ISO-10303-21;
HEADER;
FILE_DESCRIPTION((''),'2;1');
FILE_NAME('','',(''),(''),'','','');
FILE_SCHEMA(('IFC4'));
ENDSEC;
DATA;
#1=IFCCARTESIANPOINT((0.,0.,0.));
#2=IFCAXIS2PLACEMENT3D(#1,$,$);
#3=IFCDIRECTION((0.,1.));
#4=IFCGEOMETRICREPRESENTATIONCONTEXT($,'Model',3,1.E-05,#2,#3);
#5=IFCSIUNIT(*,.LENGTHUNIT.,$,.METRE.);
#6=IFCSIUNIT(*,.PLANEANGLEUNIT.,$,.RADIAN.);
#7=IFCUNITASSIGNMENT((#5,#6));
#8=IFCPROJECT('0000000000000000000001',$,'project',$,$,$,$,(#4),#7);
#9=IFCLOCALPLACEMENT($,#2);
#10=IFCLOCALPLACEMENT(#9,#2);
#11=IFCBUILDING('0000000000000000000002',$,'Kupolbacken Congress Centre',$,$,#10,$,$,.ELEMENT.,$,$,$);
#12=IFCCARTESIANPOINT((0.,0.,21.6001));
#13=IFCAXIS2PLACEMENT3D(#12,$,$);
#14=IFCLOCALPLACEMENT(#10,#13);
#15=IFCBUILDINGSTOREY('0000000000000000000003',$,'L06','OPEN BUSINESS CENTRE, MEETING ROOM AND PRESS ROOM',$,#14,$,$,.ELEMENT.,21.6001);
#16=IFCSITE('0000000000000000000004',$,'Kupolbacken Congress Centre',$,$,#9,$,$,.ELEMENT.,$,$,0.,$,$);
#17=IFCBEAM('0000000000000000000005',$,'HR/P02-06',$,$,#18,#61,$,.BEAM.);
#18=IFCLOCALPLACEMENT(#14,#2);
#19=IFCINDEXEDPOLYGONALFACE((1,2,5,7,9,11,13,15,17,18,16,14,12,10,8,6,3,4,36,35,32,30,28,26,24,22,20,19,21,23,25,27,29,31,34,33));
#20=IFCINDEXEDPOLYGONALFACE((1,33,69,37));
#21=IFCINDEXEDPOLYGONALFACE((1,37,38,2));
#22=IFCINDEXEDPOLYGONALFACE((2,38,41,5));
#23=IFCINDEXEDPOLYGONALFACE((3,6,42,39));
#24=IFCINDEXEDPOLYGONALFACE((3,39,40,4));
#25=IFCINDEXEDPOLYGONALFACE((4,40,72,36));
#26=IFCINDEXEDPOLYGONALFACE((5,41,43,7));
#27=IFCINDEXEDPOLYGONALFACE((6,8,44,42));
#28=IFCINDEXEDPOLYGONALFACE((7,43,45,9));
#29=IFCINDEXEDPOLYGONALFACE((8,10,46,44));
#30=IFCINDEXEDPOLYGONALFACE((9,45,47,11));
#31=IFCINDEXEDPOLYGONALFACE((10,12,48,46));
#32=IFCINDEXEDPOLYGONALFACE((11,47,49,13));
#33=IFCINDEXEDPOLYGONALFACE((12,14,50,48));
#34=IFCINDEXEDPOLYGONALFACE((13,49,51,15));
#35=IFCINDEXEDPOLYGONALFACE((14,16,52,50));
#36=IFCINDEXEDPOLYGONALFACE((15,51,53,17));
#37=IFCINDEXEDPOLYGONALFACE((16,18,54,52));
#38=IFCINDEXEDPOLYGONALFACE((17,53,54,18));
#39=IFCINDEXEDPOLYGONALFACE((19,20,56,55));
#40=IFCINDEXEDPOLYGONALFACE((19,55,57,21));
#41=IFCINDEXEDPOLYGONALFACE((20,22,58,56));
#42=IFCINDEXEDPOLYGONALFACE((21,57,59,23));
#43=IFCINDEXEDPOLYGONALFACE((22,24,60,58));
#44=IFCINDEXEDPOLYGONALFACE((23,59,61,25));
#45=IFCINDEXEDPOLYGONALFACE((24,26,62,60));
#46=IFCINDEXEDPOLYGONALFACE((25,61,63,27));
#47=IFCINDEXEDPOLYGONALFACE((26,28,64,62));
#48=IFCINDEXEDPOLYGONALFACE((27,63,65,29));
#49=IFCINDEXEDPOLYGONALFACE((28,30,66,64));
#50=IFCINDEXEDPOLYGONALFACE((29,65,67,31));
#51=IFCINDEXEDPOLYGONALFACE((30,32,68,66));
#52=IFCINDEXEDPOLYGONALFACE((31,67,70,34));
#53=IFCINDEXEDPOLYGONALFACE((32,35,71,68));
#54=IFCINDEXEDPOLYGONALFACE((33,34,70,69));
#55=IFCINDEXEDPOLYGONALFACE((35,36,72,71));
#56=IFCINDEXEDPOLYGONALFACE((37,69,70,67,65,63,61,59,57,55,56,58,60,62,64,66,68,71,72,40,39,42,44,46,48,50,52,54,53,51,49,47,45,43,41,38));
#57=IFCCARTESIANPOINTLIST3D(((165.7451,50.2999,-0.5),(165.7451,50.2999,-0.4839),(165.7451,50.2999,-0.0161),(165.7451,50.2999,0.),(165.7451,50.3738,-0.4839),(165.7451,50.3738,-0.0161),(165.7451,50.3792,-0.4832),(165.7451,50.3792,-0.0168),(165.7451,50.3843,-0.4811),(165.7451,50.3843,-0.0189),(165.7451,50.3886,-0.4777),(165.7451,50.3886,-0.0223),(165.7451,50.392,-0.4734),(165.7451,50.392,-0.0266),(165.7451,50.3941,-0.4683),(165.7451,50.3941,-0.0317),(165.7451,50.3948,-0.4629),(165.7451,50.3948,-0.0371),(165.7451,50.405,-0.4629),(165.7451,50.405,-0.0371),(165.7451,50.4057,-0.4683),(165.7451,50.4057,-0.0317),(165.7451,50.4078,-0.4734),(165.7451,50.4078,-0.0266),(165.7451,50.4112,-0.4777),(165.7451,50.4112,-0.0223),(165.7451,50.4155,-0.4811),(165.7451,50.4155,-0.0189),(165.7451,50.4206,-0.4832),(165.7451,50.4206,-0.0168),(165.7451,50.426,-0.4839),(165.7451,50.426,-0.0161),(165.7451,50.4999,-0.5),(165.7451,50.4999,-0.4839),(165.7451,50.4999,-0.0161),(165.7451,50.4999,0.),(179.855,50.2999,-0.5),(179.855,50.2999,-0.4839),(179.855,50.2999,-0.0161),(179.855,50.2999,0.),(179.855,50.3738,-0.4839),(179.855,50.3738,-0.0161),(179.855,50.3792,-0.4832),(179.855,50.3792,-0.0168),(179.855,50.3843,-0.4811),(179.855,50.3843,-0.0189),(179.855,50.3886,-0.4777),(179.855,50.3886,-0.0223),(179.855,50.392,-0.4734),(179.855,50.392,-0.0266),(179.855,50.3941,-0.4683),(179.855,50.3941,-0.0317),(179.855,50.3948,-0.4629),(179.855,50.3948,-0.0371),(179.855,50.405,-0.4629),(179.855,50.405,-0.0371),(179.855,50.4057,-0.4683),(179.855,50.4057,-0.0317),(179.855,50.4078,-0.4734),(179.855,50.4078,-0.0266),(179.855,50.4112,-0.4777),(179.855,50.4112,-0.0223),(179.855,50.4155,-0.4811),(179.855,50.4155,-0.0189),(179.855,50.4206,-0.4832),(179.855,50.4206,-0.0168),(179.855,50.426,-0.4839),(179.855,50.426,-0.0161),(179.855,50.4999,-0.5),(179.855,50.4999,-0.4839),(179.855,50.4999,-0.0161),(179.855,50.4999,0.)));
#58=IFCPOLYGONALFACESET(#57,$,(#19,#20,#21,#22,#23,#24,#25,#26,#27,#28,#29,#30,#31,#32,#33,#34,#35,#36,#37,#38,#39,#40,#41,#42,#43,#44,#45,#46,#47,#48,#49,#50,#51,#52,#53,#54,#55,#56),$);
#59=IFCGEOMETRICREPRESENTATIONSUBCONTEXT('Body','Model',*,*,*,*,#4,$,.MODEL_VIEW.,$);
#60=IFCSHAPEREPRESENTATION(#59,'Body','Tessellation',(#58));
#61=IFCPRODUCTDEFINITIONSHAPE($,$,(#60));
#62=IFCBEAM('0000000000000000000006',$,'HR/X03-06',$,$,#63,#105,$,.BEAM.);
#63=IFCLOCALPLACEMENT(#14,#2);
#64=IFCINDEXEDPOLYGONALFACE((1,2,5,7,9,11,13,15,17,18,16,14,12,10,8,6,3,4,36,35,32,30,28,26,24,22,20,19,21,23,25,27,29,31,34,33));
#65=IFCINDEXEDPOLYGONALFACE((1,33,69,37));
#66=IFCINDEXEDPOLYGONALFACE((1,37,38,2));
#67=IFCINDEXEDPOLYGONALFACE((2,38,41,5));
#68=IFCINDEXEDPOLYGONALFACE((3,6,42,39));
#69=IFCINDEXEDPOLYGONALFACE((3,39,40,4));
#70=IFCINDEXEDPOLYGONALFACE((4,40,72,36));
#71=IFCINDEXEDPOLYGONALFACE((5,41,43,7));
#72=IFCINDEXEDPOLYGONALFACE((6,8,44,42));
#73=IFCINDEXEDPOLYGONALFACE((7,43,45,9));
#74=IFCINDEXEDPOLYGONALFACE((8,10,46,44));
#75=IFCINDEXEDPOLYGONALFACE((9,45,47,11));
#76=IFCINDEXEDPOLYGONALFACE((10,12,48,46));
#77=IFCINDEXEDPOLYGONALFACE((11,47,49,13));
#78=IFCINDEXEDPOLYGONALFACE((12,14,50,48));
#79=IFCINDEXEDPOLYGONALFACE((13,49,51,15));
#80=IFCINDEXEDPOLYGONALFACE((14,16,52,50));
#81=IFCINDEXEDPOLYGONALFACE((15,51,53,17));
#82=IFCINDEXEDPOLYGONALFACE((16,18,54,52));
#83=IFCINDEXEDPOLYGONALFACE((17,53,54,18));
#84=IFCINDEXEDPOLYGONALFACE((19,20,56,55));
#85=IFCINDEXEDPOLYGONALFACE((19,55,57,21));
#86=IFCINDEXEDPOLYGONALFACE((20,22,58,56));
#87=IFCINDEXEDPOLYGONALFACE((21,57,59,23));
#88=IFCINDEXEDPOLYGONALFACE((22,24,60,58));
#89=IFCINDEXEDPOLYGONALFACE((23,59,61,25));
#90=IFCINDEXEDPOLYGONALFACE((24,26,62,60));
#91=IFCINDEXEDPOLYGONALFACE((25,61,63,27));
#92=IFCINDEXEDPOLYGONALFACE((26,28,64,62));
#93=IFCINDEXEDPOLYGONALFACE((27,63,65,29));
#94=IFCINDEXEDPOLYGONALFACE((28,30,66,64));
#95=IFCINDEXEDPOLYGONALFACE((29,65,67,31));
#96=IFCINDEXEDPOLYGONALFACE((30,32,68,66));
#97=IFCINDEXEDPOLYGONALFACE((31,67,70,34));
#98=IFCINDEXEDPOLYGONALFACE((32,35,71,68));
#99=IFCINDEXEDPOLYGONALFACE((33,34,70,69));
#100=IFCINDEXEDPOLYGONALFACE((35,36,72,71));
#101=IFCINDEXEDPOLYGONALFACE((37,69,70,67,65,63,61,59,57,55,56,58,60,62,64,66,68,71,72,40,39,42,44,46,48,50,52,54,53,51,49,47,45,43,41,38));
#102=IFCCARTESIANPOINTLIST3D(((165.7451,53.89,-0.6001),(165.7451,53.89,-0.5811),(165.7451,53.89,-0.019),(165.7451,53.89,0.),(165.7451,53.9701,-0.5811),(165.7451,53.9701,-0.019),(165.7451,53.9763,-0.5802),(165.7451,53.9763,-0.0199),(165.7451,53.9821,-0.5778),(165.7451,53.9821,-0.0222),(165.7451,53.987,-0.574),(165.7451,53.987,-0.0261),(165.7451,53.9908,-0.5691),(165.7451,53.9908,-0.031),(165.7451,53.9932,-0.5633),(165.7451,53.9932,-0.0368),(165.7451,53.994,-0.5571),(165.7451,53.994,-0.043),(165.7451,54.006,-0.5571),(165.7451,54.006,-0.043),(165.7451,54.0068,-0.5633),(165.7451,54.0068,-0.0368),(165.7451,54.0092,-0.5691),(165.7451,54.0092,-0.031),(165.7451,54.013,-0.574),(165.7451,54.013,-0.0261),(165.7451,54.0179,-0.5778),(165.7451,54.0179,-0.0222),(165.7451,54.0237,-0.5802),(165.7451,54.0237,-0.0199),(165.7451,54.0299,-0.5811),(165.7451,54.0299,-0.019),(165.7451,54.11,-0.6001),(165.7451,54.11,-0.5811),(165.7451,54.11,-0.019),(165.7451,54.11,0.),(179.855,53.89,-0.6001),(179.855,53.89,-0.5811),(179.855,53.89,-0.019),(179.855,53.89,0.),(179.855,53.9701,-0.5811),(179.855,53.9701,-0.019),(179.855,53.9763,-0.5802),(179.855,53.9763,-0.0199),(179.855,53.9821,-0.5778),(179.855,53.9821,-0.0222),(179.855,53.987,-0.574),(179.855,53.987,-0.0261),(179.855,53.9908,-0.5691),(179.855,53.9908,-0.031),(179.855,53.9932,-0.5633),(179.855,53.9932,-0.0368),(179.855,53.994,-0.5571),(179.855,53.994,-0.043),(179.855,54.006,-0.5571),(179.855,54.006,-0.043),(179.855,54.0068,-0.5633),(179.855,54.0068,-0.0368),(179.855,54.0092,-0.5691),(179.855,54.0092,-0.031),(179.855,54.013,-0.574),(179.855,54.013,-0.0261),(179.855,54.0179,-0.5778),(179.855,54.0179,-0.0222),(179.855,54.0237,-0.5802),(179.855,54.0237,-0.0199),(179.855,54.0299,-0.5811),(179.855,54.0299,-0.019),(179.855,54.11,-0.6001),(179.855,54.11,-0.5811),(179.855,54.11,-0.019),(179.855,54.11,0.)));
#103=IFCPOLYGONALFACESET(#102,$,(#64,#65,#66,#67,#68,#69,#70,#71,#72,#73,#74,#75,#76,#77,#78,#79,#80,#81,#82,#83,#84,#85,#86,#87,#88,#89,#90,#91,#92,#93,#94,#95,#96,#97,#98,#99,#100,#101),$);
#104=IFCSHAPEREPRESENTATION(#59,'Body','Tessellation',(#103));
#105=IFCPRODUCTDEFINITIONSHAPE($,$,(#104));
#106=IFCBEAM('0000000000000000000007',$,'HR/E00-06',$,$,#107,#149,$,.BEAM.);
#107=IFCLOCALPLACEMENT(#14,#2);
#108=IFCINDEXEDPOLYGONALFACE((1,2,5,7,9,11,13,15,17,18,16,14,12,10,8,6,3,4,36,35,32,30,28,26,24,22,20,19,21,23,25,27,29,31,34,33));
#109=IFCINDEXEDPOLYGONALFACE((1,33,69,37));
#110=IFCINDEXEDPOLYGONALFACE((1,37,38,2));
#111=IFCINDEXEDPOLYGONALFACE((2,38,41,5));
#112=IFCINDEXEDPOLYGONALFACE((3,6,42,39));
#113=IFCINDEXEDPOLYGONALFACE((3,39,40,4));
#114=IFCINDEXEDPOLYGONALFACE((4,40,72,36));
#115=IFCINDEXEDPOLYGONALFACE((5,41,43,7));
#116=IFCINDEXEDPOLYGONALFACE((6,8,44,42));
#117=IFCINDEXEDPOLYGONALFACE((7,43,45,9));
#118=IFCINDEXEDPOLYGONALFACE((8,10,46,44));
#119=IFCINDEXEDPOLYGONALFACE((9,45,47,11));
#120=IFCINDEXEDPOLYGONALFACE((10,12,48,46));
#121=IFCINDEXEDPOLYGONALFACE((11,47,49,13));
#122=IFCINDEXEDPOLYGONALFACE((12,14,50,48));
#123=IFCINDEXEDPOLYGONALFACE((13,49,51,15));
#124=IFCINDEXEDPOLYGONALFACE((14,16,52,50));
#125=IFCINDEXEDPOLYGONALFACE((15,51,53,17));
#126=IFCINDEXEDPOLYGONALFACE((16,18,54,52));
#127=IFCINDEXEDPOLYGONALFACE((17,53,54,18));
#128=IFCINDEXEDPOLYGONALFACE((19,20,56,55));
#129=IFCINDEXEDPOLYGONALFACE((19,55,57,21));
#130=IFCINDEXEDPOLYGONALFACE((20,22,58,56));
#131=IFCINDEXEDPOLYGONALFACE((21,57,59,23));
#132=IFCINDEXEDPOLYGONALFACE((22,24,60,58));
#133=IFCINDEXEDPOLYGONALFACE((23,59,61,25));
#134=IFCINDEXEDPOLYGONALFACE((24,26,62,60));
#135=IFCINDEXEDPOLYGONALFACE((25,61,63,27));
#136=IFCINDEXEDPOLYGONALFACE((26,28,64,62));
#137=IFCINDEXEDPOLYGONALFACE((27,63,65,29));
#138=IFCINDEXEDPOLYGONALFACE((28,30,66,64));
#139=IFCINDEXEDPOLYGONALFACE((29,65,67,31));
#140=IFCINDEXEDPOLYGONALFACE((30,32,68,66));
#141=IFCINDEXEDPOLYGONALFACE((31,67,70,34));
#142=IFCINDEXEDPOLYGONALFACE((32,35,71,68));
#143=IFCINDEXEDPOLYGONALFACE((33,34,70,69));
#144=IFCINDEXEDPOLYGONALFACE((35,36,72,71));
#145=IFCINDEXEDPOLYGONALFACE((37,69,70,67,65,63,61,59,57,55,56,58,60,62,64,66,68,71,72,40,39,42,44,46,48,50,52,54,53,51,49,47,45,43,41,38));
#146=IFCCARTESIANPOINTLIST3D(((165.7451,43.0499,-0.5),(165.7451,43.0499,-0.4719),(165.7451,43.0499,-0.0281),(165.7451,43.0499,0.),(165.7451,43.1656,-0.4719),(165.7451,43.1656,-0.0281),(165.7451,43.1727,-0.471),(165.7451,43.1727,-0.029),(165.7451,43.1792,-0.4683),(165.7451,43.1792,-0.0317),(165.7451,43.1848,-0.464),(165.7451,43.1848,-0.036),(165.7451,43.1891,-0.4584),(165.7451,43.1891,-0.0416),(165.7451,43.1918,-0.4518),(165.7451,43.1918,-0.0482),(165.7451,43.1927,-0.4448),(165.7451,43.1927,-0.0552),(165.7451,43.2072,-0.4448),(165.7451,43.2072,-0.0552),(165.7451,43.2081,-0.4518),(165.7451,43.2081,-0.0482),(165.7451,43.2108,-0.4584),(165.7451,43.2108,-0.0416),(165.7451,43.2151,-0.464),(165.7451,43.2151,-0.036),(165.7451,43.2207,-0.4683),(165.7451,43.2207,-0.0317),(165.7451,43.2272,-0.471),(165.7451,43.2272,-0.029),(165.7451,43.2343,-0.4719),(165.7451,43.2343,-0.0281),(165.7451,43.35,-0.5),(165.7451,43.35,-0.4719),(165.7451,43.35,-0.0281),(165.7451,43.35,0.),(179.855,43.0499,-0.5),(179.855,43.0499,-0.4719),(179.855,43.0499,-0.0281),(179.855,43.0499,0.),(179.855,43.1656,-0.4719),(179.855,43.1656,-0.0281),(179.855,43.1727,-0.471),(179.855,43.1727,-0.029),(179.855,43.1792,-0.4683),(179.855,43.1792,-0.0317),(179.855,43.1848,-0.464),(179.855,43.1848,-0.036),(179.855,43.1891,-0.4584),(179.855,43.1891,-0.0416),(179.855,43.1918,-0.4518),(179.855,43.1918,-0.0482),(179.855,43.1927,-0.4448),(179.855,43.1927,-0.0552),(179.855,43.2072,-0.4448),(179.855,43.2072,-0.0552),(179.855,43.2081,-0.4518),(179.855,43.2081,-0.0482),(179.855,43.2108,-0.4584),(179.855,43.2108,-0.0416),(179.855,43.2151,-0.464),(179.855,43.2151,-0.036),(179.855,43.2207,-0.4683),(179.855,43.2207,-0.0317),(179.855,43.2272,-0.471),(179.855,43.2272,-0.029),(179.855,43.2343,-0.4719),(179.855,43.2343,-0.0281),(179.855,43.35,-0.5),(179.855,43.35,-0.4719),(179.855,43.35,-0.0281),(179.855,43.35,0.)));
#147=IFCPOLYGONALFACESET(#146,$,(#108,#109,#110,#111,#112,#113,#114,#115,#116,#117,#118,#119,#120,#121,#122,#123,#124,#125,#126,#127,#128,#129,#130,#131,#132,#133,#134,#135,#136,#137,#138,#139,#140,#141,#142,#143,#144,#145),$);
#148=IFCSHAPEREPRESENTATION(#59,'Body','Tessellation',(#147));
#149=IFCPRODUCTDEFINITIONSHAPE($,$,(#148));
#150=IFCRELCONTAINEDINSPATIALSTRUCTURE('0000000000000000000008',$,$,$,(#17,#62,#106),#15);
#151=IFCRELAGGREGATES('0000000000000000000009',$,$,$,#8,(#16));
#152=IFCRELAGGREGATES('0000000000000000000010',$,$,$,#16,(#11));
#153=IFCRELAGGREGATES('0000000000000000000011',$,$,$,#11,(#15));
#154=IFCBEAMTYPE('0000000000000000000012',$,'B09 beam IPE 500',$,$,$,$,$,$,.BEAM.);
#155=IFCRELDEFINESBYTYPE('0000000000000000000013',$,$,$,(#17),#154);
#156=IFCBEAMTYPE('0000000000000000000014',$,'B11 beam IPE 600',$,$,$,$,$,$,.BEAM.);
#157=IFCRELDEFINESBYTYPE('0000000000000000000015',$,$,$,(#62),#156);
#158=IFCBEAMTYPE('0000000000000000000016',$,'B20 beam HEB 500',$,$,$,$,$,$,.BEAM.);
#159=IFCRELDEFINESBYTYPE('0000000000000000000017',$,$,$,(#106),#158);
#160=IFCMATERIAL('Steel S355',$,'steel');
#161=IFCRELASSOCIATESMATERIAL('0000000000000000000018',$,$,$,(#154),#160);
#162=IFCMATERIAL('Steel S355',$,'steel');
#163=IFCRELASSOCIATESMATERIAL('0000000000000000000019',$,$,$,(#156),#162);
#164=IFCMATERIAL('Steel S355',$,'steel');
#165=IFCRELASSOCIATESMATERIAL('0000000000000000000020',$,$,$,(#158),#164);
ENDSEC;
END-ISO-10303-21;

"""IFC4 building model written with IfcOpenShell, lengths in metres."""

from ifc_helpers import new_model, si_unit, direction, frame, origin, origin_2d, place, context, subcontext, project, spatial, i_section, extrude, material, material_profile, profile_set, type_object, element, save


model = new_model("IFC4")

# Units and contexts
model_context = context("Model", 3, precision=1e-05, world=origin(), true_north=direction((0.0, 1.0)))
body_context = subcontext(model_context, "Body", "Model", "MODEL_VIEW")
ifc_project = project(units=[si_unit("LENGTHUNIT", "METRE"), si_unit("PLANEANGLEUNIT", "RADIAN")], contexts=[model_context])

# Site, building, storey
site_placement = place(None, origin())
site = spatial("IfcSite", under=ifc_project, at=site_placement, Name="Kupolbacken Congress Centre", CompositionType="ELEMENT", RefElevation=0.0)
building_placement = place(site_placement, origin())
building = spatial("IfcBuilding", under=site, at=building_placement, Name="Kupolbacken Congress Centre", CompositionType="ELEMENT")
storey_placement = place(building_placement, frame((0.0, 0.0, 21.6001)))
storey = spatial("IfcBuildingStorey", under=building, at=storey_placement, Name="L06", Description="OPEN BUSINESS CENTRE, MEETING ROOM AND PRESS ROOM", CompositionType="ELEMENT", Elevation=21.6001)

# Beams
ifc_material_1 = material(Name="Steel S355", Category="steel")
ifc_material_profile_1 = material_profile(ifc_material_1, i_section(OverallWidth=0.2, OverallDepth=0.5, WebThickness=0.0103, FlangeThickness=0.0161, FilletRadius=0.021, at=origin_2d()), Name="IPE 500")
ifc_profile_set_1 = profile_set([ifc_material_profile_1], Name="Steel S355")
beam_type_1 = type_object("IfcBeamType", Name="B09 beam IPE 500", PredefinedType="BEAM", material=ifc_profile_set_1)
for number, where, z_axis, x_axis, name in (
    (1, (165.7451, 50.3999, -0.25), (1.0, 0.0, 0.0), (0.0, 1.0, 0.0), "HR/P02-06"),
):
    element("IfcBeam", number, at=place(storey_placement, frame(where, z_axis=z_axis, x_axis=x_axis)), inside=storey, type_object=beam_type_1, Name=name, PredefinedType="BEAM", context=body_context, shape_type="SweptSolid", body=[
        extrude(i_section(OverallWidth=0.2, OverallDepth=0.5, WebThickness=0.0103, FlangeThickness=0.0161, FilletRadius=0.021, at=origin_2d()), origin(), (0.0, 0.0, 1.0), 14.1099),
    ])
ifc_material_2 = material(Name="Steel S355", Category="steel")
ifc_material_profile_2 = material_profile(ifc_material_2, i_section(OverallWidth=0.22, OverallDepth=0.6001, WebThickness=0.012, FlangeThickness=0.019, FilletRadius=0.0239, at=origin_2d()), Name="IPE 600")
ifc_profile_set_2 = profile_set([ifc_material_profile_2], Name="Steel S355")
beam_type_2 = type_object("IfcBeamType", Name="B11 beam IPE 600", PredefinedType="BEAM", material=ifc_profile_set_2)
beam_1_placement = place(storey_placement, frame((165.7451, 54.0, -0.3), z_axis=(1.0, 0.0, 0.0), x_axis=(0.0, 1.0, 0.0)))
element("IfcBeam", 2, at=beam_1_placement, inside=storey, type_object=beam_type_2, Name="HR/X03-06", PredefinedType="BEAM", context=body_context, shape_type="SweptSolid", body=[
    extrude(i_section(OverallWidth=0.22, OverallDepth=0.6001, WebThickness=0.012, FlangeThickness=0.019, FilletRadius=0.0239, at=origin_2d()), origin(), (0.0, 0.0, 1.0), 14.1099),
])
ifc_material_3 = material(Name="Steel S355", Category="steel")
ifc_material_profile_3 = material_profile(ifc_material_3, i_section(OverallWidth=0.3, OverallDepth=0.5, WebThickness=0.0144, FlangeThickness=0.0281, FilletRadius=0.0271, at=origin_2d()), Name="HEB 500")
ifc_profile_set_3 = profile_set([ifc_material_profile_3], Name="Steel S355")
beam_type_3 = type_object("IfcBeamType", Name="B20 beam HEB 500", PredefinedType="BEAM", material=ifc_profile_set_3)
beam_2_placement = place(storey_placement, frame((165.7451, 43.2, -0.25), z_axis=(1.0, 0.0, 0.0), x_axis=(0.0, 1.0, 0.0)))
element("IfcBeam", 3, at=beam_2_placement, inside=storey, type_object=beam_type_3, Name="HR/E00-06", PredefinedType="BEAM", context=body_context, shape_type="SweptSolid", body=[
    extrude(i_section(OverallWidth=0.3, OverallDepth=0.5, WebThickness=0.0144, FlangeThickness=0.0281, FilletRadius=0.0271, at=origin_2d()), origin(), (0.0, 0.0, 1.0), 14.1099),
])

save(model, "model.ifc")
